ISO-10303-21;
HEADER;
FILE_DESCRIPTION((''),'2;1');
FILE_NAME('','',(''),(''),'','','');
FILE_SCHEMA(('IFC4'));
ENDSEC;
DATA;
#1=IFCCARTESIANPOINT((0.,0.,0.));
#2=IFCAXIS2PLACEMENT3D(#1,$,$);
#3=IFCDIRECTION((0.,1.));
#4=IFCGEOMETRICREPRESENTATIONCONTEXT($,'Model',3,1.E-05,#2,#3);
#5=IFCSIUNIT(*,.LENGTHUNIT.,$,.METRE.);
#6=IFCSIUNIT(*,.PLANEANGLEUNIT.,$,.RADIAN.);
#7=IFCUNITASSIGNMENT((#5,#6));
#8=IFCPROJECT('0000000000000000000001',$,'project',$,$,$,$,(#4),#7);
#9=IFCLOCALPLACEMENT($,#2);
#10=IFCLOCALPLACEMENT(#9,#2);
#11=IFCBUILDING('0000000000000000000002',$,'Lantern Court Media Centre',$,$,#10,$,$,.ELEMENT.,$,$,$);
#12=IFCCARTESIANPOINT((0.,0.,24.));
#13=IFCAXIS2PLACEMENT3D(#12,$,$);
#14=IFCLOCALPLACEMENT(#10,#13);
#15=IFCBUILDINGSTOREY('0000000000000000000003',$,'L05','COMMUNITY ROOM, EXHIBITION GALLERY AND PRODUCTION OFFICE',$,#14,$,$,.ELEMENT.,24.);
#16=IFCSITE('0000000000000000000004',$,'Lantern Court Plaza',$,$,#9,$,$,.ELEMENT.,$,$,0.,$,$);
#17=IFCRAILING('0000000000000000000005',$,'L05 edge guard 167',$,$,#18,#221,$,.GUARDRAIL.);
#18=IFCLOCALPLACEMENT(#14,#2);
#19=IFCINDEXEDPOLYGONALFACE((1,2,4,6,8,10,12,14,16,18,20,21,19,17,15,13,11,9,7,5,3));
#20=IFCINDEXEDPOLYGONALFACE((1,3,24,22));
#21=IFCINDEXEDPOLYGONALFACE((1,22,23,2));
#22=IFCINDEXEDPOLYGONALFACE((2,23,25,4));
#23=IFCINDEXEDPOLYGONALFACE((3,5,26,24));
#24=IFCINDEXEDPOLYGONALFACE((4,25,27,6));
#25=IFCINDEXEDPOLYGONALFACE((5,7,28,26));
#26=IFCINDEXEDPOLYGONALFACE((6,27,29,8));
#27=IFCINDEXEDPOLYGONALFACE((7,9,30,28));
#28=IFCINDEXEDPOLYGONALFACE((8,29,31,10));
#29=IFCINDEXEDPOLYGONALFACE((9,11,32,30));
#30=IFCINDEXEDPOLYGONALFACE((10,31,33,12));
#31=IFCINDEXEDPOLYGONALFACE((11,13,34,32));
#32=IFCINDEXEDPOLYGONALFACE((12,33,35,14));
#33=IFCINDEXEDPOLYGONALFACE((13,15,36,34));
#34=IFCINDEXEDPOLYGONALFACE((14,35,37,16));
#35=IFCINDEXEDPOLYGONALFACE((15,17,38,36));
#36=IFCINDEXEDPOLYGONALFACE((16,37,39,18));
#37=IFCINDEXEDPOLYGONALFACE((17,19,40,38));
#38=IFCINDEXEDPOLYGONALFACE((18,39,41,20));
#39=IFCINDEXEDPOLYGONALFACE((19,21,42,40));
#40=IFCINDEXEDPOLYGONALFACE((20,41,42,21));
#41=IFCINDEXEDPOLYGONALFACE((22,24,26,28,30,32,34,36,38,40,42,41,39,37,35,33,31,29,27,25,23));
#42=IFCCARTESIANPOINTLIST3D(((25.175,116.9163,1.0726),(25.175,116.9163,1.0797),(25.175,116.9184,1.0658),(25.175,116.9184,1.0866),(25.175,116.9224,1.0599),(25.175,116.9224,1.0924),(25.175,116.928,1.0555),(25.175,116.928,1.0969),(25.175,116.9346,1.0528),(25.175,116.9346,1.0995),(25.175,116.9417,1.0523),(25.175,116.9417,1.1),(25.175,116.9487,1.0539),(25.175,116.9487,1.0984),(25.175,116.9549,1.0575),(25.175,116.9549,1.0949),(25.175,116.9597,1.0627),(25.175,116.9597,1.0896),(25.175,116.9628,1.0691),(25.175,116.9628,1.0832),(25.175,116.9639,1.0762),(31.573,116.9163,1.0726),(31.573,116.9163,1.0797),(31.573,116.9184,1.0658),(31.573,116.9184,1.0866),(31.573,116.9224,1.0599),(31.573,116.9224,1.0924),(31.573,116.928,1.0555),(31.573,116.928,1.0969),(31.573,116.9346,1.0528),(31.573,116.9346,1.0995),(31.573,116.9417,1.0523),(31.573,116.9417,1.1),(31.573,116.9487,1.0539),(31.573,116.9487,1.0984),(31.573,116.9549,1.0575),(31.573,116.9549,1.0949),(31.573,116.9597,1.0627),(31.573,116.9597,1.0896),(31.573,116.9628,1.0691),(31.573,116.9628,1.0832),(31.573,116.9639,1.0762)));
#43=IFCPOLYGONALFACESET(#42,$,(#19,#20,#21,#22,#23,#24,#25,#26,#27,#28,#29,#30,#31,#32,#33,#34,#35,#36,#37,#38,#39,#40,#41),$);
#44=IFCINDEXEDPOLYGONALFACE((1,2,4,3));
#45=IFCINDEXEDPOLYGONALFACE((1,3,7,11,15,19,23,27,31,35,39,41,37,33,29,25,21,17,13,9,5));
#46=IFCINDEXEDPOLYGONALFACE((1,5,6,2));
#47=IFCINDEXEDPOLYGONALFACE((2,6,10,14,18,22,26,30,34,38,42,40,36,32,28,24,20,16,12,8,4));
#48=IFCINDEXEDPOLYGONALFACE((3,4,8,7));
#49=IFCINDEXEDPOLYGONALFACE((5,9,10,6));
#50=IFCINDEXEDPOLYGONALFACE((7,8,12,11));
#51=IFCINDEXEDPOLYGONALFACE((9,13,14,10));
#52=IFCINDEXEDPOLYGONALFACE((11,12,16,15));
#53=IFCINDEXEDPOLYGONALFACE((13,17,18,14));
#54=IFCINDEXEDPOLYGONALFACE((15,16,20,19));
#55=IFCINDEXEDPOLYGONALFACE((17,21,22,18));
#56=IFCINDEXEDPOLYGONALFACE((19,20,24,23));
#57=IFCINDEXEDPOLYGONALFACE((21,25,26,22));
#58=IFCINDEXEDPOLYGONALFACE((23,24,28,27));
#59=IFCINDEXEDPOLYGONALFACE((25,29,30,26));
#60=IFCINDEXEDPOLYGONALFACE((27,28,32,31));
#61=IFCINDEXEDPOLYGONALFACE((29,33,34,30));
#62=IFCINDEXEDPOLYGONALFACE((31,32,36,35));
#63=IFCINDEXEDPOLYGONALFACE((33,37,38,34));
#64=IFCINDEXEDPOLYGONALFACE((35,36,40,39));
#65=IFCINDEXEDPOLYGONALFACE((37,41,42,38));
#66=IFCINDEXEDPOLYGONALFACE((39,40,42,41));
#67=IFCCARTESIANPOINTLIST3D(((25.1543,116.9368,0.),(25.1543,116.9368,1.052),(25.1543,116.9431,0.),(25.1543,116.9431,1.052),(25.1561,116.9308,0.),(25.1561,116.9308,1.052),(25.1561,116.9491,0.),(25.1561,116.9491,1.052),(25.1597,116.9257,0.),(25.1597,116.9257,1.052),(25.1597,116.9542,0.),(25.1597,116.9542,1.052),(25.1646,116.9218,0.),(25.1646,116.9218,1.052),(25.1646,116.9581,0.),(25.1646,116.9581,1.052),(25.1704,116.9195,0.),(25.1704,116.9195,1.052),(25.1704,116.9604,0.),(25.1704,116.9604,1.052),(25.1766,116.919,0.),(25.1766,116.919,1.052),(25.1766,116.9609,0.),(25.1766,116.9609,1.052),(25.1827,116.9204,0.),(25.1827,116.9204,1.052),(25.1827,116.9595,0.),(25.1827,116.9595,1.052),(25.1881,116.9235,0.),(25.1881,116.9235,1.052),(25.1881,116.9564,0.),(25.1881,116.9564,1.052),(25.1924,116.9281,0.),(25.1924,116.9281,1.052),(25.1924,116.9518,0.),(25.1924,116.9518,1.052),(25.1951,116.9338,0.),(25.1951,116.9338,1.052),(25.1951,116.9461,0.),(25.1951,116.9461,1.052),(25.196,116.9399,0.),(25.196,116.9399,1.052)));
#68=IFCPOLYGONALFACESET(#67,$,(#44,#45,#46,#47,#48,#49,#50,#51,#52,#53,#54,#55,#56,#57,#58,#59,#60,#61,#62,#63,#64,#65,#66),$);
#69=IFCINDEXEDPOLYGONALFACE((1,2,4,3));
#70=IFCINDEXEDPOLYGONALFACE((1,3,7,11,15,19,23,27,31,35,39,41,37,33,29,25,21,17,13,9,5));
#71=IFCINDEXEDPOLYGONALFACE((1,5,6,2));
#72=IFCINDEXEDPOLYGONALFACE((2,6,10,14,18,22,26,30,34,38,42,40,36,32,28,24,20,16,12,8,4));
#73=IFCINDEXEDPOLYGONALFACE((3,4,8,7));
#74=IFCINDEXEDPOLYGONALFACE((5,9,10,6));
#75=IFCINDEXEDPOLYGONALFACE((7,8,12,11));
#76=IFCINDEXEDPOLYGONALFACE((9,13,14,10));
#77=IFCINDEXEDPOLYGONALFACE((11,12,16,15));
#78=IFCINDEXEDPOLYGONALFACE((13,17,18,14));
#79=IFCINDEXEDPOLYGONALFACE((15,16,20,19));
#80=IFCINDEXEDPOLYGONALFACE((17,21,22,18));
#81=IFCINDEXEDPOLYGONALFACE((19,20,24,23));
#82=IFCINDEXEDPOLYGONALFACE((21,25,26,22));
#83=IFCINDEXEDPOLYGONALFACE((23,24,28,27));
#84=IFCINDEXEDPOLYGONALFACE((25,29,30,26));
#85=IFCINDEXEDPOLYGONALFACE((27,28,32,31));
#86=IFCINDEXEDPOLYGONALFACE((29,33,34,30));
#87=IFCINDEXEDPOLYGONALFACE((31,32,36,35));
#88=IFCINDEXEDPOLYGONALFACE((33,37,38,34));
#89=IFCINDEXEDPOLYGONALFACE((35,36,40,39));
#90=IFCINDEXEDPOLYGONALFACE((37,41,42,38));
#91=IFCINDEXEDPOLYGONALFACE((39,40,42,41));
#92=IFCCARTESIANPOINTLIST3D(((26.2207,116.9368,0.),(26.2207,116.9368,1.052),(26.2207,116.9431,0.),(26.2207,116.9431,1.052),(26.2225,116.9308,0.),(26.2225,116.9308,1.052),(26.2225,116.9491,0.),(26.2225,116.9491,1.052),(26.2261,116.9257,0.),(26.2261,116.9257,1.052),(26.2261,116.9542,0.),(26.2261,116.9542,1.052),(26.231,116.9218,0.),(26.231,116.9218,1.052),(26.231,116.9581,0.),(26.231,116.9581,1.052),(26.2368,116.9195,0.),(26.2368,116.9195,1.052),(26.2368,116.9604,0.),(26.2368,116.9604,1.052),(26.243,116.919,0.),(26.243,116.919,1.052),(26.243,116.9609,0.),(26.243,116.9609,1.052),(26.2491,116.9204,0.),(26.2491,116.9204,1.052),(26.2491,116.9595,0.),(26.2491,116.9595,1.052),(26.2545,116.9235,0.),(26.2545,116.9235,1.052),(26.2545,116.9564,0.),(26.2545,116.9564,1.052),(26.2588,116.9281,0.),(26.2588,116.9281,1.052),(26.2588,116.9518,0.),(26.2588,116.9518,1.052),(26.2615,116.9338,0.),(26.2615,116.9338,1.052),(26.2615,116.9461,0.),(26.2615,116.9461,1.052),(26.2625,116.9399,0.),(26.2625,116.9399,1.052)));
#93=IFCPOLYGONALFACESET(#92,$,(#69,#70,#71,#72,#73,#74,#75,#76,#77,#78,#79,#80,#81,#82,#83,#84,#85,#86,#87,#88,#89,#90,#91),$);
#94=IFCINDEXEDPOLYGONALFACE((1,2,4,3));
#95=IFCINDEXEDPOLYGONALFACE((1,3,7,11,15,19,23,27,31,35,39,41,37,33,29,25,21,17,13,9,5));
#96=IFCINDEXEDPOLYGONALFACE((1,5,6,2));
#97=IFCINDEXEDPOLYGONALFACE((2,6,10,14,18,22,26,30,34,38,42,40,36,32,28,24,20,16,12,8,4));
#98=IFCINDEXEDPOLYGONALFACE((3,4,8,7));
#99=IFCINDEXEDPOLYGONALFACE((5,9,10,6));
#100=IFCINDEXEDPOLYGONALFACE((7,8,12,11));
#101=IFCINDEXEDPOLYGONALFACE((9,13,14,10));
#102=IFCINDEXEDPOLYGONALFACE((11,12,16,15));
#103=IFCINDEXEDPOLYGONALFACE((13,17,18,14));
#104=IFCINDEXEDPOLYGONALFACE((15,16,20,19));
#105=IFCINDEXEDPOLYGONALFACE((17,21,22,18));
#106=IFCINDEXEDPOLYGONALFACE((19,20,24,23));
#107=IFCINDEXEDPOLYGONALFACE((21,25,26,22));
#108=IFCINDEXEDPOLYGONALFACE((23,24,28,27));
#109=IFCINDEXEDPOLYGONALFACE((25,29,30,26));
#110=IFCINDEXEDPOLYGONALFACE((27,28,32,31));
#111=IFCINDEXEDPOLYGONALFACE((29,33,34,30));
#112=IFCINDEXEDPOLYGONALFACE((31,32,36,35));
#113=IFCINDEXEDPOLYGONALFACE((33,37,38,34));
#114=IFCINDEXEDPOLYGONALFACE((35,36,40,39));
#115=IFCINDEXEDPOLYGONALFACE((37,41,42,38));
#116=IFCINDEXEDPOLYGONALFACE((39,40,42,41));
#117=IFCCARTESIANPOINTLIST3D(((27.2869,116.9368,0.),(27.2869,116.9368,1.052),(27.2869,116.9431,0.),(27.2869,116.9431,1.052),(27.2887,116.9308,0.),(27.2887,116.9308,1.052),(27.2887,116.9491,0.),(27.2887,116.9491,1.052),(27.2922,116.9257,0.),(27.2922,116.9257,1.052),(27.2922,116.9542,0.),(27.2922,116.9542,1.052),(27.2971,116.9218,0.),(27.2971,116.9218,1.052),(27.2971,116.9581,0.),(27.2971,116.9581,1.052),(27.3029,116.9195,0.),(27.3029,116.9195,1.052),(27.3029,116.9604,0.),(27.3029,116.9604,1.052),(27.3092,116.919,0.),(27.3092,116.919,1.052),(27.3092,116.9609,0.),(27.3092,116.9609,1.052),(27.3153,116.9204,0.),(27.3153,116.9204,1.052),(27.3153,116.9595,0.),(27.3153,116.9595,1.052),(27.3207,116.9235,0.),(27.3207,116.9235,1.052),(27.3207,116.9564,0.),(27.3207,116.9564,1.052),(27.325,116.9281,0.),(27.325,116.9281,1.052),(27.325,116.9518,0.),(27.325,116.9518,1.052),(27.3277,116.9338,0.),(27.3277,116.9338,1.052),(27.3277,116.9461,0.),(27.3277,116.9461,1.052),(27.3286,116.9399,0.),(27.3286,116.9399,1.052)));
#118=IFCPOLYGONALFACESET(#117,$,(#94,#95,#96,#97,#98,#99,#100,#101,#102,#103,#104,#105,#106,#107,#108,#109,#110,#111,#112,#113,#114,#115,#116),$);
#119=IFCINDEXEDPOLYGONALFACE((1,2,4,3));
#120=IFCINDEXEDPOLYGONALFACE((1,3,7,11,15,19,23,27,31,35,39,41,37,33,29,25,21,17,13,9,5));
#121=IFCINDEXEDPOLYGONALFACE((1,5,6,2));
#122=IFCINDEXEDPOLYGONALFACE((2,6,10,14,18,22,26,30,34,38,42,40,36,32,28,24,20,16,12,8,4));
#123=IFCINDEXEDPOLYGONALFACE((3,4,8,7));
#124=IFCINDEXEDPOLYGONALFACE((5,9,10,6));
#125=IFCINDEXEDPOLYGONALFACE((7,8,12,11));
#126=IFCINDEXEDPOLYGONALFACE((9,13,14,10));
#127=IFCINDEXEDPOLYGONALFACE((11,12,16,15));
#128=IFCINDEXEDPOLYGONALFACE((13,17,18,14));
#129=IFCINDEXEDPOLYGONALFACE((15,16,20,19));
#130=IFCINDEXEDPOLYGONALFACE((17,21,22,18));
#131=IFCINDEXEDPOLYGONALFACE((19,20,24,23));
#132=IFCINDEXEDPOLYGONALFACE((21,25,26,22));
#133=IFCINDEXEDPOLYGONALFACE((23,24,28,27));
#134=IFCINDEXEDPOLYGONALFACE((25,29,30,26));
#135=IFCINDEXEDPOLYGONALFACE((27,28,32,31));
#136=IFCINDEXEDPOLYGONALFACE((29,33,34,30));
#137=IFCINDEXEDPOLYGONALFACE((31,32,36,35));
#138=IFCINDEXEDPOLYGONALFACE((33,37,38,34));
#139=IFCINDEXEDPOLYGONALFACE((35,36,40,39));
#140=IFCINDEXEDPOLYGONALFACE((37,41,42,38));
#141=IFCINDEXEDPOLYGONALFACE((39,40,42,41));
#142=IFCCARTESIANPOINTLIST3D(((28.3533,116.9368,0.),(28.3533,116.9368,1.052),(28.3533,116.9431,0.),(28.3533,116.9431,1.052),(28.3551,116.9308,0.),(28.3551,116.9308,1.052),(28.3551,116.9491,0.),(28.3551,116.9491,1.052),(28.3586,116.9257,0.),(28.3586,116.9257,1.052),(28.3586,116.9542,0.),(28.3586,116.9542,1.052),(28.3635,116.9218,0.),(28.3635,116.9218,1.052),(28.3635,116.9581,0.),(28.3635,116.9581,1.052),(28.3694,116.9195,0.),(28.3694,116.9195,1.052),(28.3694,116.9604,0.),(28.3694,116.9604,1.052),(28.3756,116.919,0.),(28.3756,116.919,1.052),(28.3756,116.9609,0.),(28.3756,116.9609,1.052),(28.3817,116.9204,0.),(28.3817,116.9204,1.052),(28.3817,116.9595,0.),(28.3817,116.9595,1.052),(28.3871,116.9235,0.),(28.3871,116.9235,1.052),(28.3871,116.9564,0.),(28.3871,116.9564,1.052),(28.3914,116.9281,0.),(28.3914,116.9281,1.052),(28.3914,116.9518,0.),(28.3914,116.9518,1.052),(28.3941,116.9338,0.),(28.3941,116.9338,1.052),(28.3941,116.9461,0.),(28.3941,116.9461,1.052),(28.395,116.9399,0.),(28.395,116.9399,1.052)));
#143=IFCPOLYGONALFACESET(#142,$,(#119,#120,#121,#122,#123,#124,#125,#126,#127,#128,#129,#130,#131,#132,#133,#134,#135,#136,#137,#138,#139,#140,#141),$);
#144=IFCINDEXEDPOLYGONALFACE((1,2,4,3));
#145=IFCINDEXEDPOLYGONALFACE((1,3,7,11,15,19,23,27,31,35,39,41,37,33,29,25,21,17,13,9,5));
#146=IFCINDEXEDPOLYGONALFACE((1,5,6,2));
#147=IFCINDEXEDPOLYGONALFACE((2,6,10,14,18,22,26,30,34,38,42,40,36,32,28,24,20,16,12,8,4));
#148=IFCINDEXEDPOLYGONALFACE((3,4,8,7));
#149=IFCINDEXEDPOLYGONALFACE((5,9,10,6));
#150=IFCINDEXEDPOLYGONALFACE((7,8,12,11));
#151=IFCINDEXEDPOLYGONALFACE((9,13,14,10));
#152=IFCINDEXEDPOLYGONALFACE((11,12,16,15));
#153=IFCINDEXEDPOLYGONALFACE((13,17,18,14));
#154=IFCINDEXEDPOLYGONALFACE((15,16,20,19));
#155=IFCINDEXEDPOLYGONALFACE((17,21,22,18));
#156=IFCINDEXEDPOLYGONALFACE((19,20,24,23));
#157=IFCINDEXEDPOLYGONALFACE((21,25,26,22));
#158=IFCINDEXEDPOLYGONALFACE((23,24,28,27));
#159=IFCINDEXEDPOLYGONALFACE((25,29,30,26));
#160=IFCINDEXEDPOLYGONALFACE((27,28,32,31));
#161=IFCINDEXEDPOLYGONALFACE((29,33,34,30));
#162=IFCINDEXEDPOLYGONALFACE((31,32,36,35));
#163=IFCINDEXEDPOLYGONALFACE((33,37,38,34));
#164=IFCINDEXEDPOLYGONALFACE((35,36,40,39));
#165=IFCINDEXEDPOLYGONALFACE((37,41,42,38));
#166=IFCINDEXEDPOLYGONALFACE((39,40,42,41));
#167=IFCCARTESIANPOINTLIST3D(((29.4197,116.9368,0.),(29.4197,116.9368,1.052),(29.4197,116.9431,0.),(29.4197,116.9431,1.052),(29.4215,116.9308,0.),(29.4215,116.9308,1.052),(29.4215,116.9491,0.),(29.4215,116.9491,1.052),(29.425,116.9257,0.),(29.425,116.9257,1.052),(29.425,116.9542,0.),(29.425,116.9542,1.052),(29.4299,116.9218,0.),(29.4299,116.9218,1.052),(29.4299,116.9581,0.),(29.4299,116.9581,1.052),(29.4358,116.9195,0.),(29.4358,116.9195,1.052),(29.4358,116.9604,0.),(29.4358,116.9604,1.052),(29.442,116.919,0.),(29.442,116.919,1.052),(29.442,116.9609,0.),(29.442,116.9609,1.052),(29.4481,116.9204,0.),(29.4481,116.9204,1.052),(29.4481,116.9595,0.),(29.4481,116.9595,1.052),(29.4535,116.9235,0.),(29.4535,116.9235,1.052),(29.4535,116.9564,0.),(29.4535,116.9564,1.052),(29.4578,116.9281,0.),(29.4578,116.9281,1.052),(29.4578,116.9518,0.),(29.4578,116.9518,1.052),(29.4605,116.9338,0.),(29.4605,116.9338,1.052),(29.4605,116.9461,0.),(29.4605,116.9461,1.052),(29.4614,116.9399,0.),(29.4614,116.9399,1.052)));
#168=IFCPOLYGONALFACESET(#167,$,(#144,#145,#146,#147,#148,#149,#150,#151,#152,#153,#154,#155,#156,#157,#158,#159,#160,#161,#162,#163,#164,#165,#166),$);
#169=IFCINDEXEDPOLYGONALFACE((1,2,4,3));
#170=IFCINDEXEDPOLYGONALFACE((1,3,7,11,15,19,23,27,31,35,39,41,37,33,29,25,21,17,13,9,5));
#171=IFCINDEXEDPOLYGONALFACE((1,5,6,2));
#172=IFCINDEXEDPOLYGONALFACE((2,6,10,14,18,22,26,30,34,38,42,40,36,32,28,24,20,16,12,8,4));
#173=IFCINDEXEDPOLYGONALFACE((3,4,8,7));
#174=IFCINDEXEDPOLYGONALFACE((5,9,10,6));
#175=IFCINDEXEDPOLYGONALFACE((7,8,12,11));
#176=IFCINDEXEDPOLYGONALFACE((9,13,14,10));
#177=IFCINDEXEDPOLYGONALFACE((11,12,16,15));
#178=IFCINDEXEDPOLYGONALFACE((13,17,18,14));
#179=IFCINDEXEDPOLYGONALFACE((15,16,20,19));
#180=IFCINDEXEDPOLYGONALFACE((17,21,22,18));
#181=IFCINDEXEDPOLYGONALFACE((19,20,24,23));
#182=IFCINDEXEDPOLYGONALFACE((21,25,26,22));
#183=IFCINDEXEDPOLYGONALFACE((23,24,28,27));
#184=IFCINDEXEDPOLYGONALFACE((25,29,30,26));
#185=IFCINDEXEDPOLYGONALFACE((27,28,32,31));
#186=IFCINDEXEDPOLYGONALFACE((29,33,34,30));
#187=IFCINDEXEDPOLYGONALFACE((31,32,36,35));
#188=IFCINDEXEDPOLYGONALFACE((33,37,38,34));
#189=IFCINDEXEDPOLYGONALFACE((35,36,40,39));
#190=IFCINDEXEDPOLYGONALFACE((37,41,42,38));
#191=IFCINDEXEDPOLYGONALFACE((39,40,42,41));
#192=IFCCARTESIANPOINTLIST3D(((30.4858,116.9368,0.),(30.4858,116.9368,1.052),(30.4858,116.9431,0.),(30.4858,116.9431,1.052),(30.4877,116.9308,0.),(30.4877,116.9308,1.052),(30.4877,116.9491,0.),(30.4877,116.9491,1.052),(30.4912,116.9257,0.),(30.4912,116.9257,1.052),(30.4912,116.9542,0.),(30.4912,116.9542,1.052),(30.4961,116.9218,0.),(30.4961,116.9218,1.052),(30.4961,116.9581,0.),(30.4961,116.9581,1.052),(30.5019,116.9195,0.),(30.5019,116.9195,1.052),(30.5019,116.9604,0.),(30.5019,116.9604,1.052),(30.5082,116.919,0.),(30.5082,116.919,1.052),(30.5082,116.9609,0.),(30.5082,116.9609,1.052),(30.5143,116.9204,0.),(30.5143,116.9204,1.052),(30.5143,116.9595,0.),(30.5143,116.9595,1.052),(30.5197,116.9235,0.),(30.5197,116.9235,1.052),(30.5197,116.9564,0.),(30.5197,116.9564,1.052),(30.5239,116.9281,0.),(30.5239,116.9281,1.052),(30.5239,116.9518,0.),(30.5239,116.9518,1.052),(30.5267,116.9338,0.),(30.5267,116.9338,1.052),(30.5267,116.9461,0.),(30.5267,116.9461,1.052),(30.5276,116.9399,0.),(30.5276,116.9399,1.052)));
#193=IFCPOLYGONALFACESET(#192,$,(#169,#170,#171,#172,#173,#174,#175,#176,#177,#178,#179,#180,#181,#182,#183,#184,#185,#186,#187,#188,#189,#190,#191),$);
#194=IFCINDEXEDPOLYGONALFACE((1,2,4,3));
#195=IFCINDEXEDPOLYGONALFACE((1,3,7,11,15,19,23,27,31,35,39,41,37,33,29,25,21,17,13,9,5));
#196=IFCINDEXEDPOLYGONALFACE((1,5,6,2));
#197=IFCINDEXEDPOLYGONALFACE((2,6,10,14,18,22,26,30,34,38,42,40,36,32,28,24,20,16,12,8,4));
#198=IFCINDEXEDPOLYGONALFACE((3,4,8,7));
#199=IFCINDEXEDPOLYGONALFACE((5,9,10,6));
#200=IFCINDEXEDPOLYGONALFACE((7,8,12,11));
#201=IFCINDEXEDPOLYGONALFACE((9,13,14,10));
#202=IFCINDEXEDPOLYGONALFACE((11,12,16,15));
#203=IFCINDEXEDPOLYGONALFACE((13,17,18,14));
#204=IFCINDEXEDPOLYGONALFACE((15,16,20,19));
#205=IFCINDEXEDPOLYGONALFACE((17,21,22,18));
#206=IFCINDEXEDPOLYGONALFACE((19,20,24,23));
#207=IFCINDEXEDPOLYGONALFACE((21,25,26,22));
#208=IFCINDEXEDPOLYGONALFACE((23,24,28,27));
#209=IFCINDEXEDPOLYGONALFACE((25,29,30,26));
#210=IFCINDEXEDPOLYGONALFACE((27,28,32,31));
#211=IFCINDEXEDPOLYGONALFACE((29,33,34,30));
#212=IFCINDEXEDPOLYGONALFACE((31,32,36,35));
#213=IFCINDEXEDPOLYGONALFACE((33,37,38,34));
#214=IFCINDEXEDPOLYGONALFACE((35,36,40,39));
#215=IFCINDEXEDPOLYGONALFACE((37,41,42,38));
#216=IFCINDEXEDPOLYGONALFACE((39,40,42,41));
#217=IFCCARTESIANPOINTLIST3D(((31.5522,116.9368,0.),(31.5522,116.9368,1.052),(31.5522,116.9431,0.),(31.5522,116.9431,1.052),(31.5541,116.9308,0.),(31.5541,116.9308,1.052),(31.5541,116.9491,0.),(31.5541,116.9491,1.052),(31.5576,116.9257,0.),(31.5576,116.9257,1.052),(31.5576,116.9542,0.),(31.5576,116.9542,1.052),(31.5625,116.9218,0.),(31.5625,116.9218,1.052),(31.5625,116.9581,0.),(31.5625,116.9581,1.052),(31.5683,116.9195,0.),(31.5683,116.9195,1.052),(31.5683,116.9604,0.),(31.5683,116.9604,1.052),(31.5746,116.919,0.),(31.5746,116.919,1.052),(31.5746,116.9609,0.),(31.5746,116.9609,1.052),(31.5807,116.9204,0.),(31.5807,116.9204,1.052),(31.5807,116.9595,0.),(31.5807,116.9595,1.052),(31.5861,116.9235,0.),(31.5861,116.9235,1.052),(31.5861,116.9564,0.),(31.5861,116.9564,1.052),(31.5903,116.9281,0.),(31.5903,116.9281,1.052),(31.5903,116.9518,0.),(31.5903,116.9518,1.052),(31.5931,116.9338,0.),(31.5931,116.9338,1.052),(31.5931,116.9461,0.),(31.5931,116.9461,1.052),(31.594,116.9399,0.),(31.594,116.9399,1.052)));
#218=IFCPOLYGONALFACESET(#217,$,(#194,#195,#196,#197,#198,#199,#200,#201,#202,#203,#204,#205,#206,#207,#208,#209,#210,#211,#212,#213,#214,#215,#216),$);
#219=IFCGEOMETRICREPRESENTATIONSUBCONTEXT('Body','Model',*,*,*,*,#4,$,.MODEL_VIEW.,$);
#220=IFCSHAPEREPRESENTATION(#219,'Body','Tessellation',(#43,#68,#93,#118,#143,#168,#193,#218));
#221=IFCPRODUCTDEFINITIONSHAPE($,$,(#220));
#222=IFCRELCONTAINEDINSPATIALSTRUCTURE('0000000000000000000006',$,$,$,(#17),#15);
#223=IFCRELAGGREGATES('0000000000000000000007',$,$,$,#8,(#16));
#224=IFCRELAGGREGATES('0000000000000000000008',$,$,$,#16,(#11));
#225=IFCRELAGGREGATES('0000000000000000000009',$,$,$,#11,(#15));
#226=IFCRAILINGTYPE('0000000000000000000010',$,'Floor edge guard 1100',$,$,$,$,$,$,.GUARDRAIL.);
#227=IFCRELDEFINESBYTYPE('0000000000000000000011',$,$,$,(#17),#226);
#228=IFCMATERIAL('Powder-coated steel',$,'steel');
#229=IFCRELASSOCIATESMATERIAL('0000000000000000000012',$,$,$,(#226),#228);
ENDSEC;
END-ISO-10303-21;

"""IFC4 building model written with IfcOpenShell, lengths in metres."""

from ifc_helpers import new_model, si_unit, direction, frame, origin, origin_2d, place, context, subcontext, project, spatial, circle, extrude, material, type_object, element, save


model = new_model("IFC4")

# Units and contexts
model_context = context("Model", 3, precision=1e-05, world=origin(), true_north=direction((0.0, 1.0)))
body_context = subcontext(model_context, "Body", "Model", "MODEL_VIEW")
ifc_project = project(units=[si_unit("LENGTHUNIT", "METRE"), si_unit("PLANEANGLEUNIT", "RADIAN")], contexts=[model_context])

# Site, building, storey
site_placement = place(None, origin())
site = spatial("IfcSite", under=ifc_project, at=site_placement, Name="Lantern Court Plaza", CompositionType="ELEMENT", RefElevation=0.0)
building_placement = place(site_placement, origin())
building = spatial("IfcBuilding", under=site, at=building_placement, Name="Lantern Court Media Centre", CompositionType="ELEMENT")
storey_placement = place(building_placement, frame((0.0, 0.0, 24.0)))
storey = spatial("IfcBuildingStorey", under=building, at=storey_placement, Name="L05", Description="COMMUNITY ROOM, EXHIBITION GALLERY AND PRODUCTION OFFICE", CompositionType="ELEMENT", Elevation=24.0)

# Railing
ifc_material_1 = material(Name="Powder-coated steel", Category="steel")
railing_type = type_object("IfcRailingType", Name="Floor edge guard 1100", PredefinedType="GUARDRAIL", material=ifc_material_1)
railing_placement = place(storey_placement, frame((25.175, 116.9399, 0.0)))
element("IfcRailing", 1, at=railing_placement, inside=storey, type_object=railing_type, Name="L05 edge guard 167", PredefinedType="GUARDRAIL", context=body_context, shape_type="SweptSolid", body=[
    extrude(circle(Radius=0.0239, at=origin_2d()), frame((0.0, 0.0, 1.0762), z_axis=(1.0, 0.0, 0.0), x_axis=(0.0, 1.0, 0.0)), (0.0, 0.0, 1.0), 6.3979),
    extrude(circle(Radius=0.021, at=origin_2d()), origin(), (0.0, 0.0, 1.0), 1.052),
    extrude(circle(Radius=0.021, at=origin_2d()), frame((1.0664, 0.0, 0.0)), (0.0, 0.0, 1.0), 1.052),
    extrude(circle(Radius=0.021, at=origin_2d()), frame((2.1326, 0.0, 0.0)), (0.0, 0.0, 1.0), 1.052),
    extrude(circle(Radius=0.021, at=origin_2d()), frame((3.199, 0.0, 0.0)), (0.0, 0.0, 1.0), 1.052),
    extrude(circle(Radius=0.021, at=origin_2d()), frame((4.2654, 0.0, 0.0)), (0.0, 0.0, 1.0), 1.052),
    extrude(circle(Radius=0.021, at=origin_2d()), frame((5.3315, 0.0, 0.0)), (0.0, 0.0, 1.0), 1.052),
    extrude(circle(Radius=0.021, at=origin_2d()), frame((6.3979, 0.0, 0.0)), (0.0, 0.0, 1.0), 1.052),
])

save(model, "model.ifc")
